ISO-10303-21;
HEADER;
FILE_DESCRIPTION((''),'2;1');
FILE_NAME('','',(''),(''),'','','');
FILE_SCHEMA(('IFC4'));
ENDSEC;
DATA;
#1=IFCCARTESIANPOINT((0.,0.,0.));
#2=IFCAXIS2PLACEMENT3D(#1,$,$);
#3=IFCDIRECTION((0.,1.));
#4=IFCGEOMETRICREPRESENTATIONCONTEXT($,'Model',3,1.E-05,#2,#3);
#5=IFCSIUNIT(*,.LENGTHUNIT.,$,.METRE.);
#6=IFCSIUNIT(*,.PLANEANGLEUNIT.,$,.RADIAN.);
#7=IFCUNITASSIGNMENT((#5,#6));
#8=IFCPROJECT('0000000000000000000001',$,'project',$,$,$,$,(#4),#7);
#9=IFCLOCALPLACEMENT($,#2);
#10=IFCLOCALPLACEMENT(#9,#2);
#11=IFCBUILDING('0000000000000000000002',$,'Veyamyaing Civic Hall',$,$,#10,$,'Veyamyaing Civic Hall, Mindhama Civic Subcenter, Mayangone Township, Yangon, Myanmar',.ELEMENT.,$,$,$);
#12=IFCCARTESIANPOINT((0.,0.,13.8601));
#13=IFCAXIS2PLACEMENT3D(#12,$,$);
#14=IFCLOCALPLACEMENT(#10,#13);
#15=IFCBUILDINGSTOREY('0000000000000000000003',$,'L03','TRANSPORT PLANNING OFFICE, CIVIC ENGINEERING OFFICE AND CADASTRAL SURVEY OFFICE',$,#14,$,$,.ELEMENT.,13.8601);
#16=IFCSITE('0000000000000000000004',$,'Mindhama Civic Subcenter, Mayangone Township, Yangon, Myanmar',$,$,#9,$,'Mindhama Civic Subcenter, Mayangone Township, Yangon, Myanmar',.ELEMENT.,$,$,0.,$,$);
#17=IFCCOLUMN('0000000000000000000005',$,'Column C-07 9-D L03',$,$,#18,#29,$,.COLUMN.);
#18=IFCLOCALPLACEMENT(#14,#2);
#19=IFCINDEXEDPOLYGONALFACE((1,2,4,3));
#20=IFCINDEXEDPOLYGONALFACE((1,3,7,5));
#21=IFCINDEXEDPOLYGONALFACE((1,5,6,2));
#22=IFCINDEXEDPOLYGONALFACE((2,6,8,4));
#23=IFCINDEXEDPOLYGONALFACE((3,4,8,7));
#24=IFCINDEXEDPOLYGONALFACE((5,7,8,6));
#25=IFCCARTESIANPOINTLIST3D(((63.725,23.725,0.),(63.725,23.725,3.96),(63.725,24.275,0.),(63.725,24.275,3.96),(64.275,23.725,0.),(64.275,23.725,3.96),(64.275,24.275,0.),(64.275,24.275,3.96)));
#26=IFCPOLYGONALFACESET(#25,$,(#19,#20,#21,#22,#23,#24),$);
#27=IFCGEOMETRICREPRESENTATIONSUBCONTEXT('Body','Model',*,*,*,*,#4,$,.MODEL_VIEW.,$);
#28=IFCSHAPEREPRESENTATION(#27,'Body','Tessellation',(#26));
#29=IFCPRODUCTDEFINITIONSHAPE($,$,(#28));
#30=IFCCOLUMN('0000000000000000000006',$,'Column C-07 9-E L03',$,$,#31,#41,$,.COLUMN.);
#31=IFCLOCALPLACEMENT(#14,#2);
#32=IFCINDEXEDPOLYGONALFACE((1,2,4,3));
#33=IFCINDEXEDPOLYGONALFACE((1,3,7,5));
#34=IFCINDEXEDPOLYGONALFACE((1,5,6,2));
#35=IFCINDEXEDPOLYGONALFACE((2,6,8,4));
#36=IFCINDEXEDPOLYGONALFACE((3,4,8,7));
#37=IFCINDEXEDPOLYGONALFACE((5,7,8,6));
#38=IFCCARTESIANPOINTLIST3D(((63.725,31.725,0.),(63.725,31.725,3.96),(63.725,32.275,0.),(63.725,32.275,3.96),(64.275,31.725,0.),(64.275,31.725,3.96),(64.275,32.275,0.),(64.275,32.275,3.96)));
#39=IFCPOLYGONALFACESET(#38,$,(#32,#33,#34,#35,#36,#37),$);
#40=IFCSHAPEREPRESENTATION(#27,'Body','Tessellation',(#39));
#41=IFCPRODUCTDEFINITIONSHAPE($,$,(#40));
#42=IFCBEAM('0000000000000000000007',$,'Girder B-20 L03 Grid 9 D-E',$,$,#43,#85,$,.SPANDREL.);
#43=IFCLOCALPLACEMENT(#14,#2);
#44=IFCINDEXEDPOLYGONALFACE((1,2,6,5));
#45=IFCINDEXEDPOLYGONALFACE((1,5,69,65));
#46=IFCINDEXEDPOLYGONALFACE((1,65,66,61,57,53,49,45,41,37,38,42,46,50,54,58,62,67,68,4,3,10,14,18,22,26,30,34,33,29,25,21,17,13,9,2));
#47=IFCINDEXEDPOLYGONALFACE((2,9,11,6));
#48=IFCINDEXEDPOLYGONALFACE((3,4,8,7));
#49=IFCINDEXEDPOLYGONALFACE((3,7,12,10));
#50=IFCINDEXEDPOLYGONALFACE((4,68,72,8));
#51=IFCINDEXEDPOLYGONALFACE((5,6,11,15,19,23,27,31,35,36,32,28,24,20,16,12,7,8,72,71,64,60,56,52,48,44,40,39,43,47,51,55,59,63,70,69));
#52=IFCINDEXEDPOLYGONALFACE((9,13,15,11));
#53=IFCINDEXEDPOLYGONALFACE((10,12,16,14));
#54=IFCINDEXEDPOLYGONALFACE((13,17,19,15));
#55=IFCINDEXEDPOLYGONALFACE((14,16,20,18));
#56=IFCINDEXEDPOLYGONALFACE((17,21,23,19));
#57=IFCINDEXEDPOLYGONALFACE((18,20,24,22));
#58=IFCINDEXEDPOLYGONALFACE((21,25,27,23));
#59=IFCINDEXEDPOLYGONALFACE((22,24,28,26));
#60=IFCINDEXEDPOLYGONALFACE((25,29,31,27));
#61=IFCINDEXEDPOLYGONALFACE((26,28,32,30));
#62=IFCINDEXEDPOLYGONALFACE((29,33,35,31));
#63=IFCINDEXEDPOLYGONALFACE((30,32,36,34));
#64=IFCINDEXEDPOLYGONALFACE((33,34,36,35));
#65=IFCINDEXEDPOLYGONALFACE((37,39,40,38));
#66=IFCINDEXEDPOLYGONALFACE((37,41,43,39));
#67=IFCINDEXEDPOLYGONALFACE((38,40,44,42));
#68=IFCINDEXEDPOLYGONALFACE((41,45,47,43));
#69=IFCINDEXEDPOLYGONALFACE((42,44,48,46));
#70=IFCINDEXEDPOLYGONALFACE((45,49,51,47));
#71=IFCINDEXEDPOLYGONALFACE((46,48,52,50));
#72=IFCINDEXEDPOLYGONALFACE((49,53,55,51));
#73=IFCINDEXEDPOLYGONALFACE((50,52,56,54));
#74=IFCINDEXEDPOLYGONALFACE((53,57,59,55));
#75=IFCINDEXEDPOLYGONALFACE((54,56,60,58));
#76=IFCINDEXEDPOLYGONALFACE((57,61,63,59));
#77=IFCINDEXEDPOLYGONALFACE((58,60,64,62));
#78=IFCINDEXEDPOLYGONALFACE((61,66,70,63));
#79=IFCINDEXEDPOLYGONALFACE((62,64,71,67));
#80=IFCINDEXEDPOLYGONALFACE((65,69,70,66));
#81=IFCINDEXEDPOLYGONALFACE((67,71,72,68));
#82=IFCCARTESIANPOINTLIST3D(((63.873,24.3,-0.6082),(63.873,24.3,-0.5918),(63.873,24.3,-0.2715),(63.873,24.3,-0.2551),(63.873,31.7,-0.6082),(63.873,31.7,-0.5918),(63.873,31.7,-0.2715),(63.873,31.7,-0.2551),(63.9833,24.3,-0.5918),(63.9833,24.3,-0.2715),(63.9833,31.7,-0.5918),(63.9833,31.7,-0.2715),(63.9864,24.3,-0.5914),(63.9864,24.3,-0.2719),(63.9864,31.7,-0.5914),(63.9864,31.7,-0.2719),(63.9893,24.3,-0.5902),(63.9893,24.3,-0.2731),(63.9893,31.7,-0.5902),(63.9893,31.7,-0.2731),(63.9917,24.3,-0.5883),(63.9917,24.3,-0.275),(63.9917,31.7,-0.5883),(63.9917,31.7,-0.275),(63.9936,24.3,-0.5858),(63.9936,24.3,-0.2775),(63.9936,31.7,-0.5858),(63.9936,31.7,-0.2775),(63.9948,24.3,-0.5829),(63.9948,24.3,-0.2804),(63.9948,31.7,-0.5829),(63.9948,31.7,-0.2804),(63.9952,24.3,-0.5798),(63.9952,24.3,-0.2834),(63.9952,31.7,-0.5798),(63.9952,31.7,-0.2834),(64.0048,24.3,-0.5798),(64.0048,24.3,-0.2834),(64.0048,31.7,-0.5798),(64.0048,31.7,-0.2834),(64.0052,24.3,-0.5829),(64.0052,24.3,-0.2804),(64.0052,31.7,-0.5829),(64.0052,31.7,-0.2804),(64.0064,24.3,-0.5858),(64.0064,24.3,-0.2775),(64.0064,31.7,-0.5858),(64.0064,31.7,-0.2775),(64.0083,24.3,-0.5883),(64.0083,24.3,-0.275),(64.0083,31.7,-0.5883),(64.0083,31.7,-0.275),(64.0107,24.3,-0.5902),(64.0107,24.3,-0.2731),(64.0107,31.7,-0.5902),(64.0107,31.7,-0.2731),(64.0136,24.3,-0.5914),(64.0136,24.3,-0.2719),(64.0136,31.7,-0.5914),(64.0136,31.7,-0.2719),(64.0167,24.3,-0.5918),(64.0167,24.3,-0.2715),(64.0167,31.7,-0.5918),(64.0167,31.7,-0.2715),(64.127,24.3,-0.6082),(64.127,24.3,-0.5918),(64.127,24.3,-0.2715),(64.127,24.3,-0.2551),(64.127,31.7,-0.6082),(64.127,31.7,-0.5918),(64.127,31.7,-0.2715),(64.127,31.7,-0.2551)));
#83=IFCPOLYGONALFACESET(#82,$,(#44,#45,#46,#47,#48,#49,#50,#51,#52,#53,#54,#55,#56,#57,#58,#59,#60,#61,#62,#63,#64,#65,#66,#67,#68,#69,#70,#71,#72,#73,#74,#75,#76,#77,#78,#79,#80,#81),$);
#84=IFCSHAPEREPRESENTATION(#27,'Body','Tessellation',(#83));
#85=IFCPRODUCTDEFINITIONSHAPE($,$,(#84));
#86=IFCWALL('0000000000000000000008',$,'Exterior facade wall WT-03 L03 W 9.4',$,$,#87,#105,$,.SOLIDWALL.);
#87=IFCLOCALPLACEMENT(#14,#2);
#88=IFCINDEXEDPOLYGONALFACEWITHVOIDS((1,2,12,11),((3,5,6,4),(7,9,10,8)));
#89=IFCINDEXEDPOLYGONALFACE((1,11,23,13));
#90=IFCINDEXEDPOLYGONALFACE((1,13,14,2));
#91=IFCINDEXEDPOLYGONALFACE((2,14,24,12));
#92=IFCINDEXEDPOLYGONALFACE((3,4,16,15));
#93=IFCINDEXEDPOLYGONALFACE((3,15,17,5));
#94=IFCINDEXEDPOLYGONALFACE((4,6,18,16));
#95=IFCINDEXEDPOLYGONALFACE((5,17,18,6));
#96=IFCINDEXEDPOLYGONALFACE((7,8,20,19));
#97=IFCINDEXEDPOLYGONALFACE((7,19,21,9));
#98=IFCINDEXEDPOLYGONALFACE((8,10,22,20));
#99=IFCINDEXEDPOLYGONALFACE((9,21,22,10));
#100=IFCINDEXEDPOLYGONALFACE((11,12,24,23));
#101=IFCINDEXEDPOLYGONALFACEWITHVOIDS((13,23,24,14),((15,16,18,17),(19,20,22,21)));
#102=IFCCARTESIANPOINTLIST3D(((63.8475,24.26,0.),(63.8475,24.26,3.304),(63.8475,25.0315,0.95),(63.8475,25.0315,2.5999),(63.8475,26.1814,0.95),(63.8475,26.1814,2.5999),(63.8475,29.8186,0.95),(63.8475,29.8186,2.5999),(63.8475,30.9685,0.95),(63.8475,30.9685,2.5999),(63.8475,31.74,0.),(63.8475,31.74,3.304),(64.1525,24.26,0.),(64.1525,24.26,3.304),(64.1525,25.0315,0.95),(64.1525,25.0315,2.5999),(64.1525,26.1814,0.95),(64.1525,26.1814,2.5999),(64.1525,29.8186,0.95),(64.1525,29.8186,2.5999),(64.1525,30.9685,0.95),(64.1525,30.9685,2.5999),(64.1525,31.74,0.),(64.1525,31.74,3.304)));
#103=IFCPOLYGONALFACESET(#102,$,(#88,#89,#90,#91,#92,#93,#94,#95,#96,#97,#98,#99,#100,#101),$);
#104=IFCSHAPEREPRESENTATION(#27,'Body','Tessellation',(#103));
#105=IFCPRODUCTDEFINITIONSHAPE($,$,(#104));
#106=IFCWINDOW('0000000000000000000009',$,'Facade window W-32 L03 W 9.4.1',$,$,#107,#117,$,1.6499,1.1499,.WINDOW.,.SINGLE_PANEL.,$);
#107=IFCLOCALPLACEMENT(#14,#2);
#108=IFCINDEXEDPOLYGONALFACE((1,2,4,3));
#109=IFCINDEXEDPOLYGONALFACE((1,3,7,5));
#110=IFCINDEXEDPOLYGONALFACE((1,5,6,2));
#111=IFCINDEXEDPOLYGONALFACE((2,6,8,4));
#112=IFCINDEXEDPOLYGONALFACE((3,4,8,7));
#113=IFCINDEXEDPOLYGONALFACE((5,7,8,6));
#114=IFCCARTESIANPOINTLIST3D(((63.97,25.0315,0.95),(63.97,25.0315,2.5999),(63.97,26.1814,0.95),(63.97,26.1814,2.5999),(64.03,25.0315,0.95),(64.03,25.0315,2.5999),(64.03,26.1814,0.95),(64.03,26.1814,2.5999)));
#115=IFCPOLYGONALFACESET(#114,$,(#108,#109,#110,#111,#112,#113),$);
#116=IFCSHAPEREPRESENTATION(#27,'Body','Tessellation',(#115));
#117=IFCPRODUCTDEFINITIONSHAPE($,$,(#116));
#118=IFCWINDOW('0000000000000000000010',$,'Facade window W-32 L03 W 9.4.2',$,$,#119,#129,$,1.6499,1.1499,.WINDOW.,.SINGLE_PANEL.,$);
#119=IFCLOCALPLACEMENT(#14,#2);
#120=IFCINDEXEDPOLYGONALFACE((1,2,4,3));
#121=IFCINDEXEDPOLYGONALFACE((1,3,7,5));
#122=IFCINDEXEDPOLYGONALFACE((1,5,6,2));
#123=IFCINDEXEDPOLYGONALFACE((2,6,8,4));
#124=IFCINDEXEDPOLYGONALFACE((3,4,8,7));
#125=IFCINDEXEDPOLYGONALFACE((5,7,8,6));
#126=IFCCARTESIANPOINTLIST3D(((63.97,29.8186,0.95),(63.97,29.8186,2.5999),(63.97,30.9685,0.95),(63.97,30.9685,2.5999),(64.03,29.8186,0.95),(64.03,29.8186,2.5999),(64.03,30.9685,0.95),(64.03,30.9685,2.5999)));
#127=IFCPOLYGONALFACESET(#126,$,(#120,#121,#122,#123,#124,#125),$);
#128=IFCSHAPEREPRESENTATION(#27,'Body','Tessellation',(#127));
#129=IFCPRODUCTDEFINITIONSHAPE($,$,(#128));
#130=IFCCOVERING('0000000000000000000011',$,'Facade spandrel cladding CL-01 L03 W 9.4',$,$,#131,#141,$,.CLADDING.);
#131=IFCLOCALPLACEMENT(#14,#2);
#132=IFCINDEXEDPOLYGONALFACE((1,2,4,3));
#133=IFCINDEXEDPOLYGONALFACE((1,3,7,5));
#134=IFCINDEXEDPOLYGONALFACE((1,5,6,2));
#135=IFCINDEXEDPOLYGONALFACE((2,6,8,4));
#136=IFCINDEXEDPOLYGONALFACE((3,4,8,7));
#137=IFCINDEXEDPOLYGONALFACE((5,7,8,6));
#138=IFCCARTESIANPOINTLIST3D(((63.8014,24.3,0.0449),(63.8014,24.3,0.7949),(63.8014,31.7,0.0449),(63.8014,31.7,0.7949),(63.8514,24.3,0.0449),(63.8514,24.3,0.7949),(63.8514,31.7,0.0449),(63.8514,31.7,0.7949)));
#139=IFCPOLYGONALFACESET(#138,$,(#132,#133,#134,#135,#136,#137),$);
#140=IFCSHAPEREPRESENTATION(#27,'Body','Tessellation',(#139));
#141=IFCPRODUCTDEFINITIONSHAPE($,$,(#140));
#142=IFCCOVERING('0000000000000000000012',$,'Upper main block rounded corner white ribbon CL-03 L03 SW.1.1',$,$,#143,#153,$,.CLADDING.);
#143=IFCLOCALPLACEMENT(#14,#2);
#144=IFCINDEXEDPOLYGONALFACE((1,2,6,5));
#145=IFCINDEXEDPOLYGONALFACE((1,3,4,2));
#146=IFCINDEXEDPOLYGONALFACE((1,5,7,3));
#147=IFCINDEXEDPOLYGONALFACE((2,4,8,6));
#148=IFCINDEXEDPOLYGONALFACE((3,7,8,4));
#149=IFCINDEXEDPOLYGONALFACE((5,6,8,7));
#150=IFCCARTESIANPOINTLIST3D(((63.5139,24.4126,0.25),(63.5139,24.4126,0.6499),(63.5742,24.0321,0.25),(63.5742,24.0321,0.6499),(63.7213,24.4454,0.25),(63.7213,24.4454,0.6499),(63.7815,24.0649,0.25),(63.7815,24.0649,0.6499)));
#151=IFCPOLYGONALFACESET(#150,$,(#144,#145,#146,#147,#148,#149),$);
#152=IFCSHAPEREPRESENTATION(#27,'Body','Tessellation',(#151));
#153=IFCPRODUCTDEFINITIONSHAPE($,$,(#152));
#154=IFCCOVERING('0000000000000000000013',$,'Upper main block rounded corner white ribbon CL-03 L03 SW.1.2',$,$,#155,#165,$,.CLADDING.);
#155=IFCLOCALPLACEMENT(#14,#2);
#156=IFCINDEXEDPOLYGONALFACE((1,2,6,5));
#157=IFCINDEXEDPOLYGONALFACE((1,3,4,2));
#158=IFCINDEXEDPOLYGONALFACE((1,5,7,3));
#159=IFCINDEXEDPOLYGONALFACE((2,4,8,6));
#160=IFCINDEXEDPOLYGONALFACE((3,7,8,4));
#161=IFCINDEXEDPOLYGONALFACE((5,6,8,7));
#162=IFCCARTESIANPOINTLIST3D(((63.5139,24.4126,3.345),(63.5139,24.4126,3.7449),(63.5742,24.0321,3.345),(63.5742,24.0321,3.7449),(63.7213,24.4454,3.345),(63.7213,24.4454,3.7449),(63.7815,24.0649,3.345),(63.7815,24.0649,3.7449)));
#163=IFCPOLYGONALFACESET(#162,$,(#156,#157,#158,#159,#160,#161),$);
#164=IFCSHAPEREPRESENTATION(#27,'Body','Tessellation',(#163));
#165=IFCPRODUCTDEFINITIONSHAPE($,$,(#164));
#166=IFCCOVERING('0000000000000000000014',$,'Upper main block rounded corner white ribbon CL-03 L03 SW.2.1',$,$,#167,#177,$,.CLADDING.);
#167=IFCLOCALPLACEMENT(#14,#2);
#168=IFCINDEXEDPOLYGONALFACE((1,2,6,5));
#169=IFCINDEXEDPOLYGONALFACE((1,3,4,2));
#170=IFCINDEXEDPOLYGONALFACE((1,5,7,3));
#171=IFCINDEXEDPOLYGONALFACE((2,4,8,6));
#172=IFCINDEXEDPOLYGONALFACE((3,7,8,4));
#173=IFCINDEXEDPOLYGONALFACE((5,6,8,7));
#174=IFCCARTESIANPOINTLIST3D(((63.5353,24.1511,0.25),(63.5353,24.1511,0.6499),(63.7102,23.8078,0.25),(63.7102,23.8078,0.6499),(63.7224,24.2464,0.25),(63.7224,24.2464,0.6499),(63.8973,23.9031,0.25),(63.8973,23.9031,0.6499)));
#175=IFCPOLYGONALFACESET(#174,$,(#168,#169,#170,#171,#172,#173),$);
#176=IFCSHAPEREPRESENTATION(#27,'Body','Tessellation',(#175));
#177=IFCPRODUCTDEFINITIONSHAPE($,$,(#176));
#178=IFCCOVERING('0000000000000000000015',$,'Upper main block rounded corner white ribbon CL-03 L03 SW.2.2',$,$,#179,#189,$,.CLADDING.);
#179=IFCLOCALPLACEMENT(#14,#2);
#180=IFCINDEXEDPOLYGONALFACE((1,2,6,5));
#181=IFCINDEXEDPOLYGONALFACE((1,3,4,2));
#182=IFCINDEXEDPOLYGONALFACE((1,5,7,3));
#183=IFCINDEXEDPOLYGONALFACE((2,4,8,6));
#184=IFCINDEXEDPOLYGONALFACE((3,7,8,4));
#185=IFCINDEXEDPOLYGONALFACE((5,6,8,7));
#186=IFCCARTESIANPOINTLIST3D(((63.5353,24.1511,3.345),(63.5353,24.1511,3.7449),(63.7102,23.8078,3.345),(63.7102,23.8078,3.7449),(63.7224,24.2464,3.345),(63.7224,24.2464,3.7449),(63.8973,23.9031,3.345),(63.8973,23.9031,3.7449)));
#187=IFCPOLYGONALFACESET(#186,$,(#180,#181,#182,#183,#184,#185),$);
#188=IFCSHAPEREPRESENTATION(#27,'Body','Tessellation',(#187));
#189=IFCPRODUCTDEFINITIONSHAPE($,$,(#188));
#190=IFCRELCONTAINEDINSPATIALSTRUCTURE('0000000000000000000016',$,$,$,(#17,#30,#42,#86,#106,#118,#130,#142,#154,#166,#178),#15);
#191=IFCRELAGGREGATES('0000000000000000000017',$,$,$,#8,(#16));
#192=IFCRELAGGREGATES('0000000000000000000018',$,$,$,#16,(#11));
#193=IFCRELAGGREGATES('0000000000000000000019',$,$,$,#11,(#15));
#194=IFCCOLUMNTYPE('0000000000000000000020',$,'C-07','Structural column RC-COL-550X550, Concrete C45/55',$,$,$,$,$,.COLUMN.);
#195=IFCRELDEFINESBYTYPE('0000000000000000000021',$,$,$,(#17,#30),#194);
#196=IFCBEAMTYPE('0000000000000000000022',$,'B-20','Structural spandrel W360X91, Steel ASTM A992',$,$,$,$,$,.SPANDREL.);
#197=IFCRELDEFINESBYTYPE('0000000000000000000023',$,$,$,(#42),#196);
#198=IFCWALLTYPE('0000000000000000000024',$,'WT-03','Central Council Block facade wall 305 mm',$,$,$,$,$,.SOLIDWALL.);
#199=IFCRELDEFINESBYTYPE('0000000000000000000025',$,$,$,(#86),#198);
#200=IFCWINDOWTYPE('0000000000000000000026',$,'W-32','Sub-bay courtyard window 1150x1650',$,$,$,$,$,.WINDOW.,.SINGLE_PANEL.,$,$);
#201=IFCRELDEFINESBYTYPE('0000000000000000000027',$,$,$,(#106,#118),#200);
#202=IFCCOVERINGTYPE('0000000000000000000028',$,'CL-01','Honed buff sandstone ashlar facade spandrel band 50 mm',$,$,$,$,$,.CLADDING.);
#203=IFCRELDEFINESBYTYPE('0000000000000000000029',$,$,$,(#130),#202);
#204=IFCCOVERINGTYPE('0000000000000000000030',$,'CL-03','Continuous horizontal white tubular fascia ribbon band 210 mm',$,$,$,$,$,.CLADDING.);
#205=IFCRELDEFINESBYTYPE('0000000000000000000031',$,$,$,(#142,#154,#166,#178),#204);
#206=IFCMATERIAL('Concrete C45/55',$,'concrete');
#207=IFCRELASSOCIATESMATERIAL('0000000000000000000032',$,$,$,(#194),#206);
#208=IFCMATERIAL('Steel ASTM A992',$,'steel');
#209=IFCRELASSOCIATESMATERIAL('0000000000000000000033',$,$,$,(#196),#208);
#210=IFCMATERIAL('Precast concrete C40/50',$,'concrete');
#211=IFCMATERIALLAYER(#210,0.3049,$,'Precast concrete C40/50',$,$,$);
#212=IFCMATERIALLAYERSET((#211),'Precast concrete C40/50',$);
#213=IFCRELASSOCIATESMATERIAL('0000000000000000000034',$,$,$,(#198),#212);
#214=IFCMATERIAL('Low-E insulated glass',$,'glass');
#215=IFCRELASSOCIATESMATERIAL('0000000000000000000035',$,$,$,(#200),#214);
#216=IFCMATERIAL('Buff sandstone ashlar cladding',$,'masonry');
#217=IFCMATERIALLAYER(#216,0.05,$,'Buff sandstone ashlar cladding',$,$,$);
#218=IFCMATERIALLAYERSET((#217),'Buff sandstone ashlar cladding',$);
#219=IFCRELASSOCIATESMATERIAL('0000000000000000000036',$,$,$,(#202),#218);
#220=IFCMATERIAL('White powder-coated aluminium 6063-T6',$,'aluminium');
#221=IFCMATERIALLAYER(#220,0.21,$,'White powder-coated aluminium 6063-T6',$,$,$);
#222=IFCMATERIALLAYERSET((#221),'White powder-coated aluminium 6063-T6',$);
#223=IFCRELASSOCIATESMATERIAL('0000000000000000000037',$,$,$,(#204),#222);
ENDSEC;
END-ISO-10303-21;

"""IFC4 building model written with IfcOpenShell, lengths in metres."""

from ifc_helpers import new_model, si_unit, direction, frame, frame_2d, origin, origin_2d, place, context, subcontext, project, spatial, rectangle, i_section, extrude, material, layer, layer_set, material_profile, profile_set, type_object, element, fill, save


model = new_model("IFC4")

# Units and contexts
model_context = context("Model", 3, precision=1e-05, world=origin(), true_north=direction((0.0, 1.0)))
body_context = subcontext(model_context, "Body", "Model", "MODEL_VIEW")
ifc_project = project(units=[si_unit("LENGTHUNIT", "METRE"), si_unit("PLANEANGLEUNIT", "RADIAN")], contexts=[model_context])

# Site, building, storey
site_placement = place(None, origin())
site = spatial("IfcSite", under=ifc_project, at=site_placement, Name="Mindhama Civic Subcenter, Mayangone Township, Yangon, Myanmar", LongName="Mindhama Civic Subcenter, Mayangone Township, Yangon, Myanmar", CompositionType="ELEMENT", RefElevation=0.0)
building_placement = place(site_placement, origin())
building = spatial("IfcBuilding", under=site, at=building_placement, Name="Veyamyaing Civic Hall", LongName="Veyamyaing Civic Hall, Mindhama Civic Subcenter, Mayangone Township, Yangon, Myanmar", CompositionType="ELEMENT")
storey_placement = place(building_placement, frame((0.0, 0.0, 13.8601)))
storey = spatial("IfcBuildingStorey", under=building, at=storey_placement, Name="L03", Description="TRANSPORT PLANNING OFFICE, CIVIC ENGINEERING OFFICE AND CADASTRAL SURVEY OFFICE", CompositionType="ELEMENT", Elevation=13.8601)

# Columns
ifc_material_1 = material(Name="Concrete C45/55", Category="concrete")
ifc_material_profile_1 = material_profile(ifc_material_1, rectangle(XDim=0.55, YDim=0.55, at=origin_2d()), Name="RC-COL-550X550")
ifc_profile_set_1 = profile_set([ifc_material_profile_1], Name="Concrete C45/55")
column_type = type_object("IfcColumnType", Name="C-07", Description="Structural column RC-COL-550X550, Concrete C45/55", PredefinedType="COLUMN", material=ifc_profile_set_1)
for number, where, z_axis, x_axis, name in (
    (1, (64.0, 24.0, 0.0), (0.0, 0.0, 1.0), (1.0, 0.0, 0.0), "Column C-07 9-D L03"),
    (2, (64.0, 32.0, 0.0), (0.0, 0.0, 1.0), (1.0, 0.0, 0.0), "Column C-07 9-E L03"),
):
    element("IfcColumn", number, at=place(storey_placement, frame(where, z_axis=z_axis, x_axis=x_axis)), inside=storey, type_object=column_type, Name=name, PredefinedType="COLUMN", context=body_context, shape_type="SweptSolid", body=[
        extrude(rectangle(XDim=0.55, YDim=0.55, at=origin_2d()), origin(), (0.0, 0.0, 1.0), 3.96),
    ])

# Beam
ifc_material_2 = material(Name="Steel ASTM A992", Category="steel")
ifc_material_profile_2 = material_profile(ifc_material_2, i_section(OverallWidth=0.2539, OverallDepth=0.353, WebThickness=0.0095, FlangeThickness=0.0164, FilletRadius=0.012, at=origin_2d()), Name="W360X91")
ifc_profile_set_2 = profile_set([ifc_material_profile_2], Name="Steel ASTM A992")
beam_type = type_object("IfcBeamType", Name="B-20", Description="Structural spandrel W360X91, Steel ASTM A992", PredefinedType="SPANDREL", material=ifc_profile_set_2)
beam_placement = place(storey_placement, frame((64.0, 24.3, -0.4316), z_axis=(0.0, 1.0, 0.0), x_axis=(-1.0, 0.0, 0.0)))
element("IfcBeam", 3, at=beam_placement, inside=storey, type_object=beam_type, Name="Girder B-20 L03 Grid 9 D-E", PredefinedType="SPANDREL", context=body_context, shape_type="SweptSolid", body=[
    extrude(i_section(OverallWidth=0.2539, OverallDepth=0.353, WebThickness=0.0095, FlangeThickness=0.0164, FilletRadius=0.012, at=origin_2d()), origin(), (0.0, 0.0, 1.0), 7.3999),
])

# Wall, openings, windows
ifc_material_3 = material(Name="Precast concrete C40/50", Category="concrete")
ifc_layer_1 = layer(ifc_material_3, 0.3049, Name="Precast concrete C40/50")
ifc_layer_set_1 = layer_set([ifc_layer_1], Name="Precast concrete C40/50")
wall_type = type_object("IfcWallType", Name="WT-03", Description="Central Council Block facade wall 305 mm", PredefinedType="SOLIDWALL", material=ifc_layer_set_1)
wall_placement = place(storey_placement, frame((64.0, 24.26, 0.0), z_axis=(0.0, 0.0, 1.0), x_axis=(0.0, 1.0, 0.0)))
wall = element("IfcWall", 4, at=wall_placement, inside=storey, type_object=wall_type, Name="Exterior facade wall WT-03 L03 W 9.4", PredefinedType="SOLIDWALL", context=body_context, shape_type="SweptSolid", body=[
    extrude(rectangle(XDim=7.48, YDim=0.3049, at=frame_2d((3.74, 0.0))), origin(), (0.0, 0.0, 1.0), 3.304),
])
opening_1_placement = place(wall_placement, frame((0.7715, 0.0, 0.95)))
opening_1 = element("IfcOpeningElement", 5, at=opening_1_placement, cuts=wall, PredefinedType="OPENING", context=body_context, shape_type="SweptSolid", body=[
    extrude(rectangle(XDim=1.1499, YDim=1.6499, at=frame_2d((0.575, 0.825))), frame((0.0, 0.1624, 0.0), z_axis=(0.0, -1.0, 0.0), x_axis=(1.0, 0.0, 0.0)), (0.0, 0.0, 1.0), 0.325),
])
opening_2_placement = place(wall_placement, frame((5.5586, 0.0, 0.95)))
opening_2 = element("IfcOpeningElement", 6, at=opening_2_placement, cuts=wall, PredefinedType="OPENING", context=body_context, shape_type="SweptSolid", body=[
    extrude(rectangle(XDim=1.1499, YDim=1.6499, at=frame_2d((0.575, 0.825))), frame((0.0, 0.1624, 0.0), z_axis=(0.0, -1.0, 0.0), x_axis=(1.0, 0.0, 0.0)), (0.0, 0.0, 1.0), 0.325),
])
ifc_material_4 = material(Name="Low-E insulated glass", Category="glass")
window_type = type_object("IfcWindowType", Name="W-32", Description="Sub-bay courtyard window 1150x1650", PartitioningType="SINGLE_PANEL", PredefinedType="WINDOW", material=ifc_material_4)
window_1_placement = place(opening_1_placement, origin())
window_1 = element("IfcWindow", 7, at=window_1_placement, inside=storey, type_object=window_type, Name="Facade window W-32 L03 W 9.4.1", OverallHeight=1.6499, OverallWidth=1.1499, PartitioningType="SINGLE_PANEL", PredefinedType="WINDOW", context=body_context, shape_type="SweptSolid", body=[
    extrude(rectangle(XDim=1.1499, YDim=1.6499, at=frame_2d((0.575, 0.825))), frame((0.0, 0.03, 0.0), z_axis=(0.0, -1.0, 0.0), x_axis=(1.0, 0.0, 0.0)), (0.0, 0.0, 1.0), 0.0601),
])
fill(opening_1, window_1)
window_2_placement = place(opening_2_placement, origin())
window_2 = element("IfcWindow", 8, at=window_2_placement, inside=storey, type_object=window_type, Name="Facade window W-32 L03 W 9.4.2", OverallHeight=1.6499, OverallWidth=1.1499, PartitioningType="SINGLE_PANEL", PredefinedType="WINDOW", context=body_context, shape_type="SweptSolid", body=[
    extrude(rectangle(XDim=1.1499, YDim=1.6499, at=frame_2d((0.575, 0.825))), frame((0.0, 0.03, 0.0), z_axis=(0.0, -1.0, 0.0), x_axis=(1.0, 0.0, 0.0)), (0.0, 0.0, 1.0), 0.0601),
])
fill(opening_2, window_2)

# Coverings
ifc_material_5 = material(Name="Buff sandstone ashlar cladding", Category="masonry")
ifc_layer_2 = layer(ifc_material_5, 0.05, Name="Buff sandstone ashlar cladding")
ifc_layer_set_2 = layer_set([ifc_layer_2], Name="Buff sandstone ashlar cladding")
covering_type_1 = type_object("IfcCoveringType", Name="CL-01", Description="Honed buff sandstone ashlar facade spandrel band 50 mm", PredefinedType="CLADDING", material=ifc_layer_set_2)
covering_placement = place(storey_placement, frame((63.8264, 28.0, 0.0449), z_axis=(0.0, 0.0, 1.0), x_axis=(0.0, 1.0, 0.0)))
element("IfcCovering", 9, at=covering_placement, inside=storey, type_object=covering_type_1, Name="Facade spandrel cladding CL-01 L03 W 9.4", PredefinedType="CLADDING", context=body_context, shape_type="SweptSolid", body=[
    extrude(rectangle(XDim=7.3999, YDim=0.05, at=origin_2d()), origin(), (0.0, 0.0, 1.0), 0.75),
])
ifc_material_6 = material(Name="White powder-coated aluminium 6063-T6", Category="aluminium")
ifc_layer_3 = layer(ifc_material_6, 0.21, Name="White powder-coated aluminium 6063-T6")
ifc_layer_set_3 = layer_set([ifc_layer_3], Name="White powder-coated aluminium 6063-T6")
covering_type_2 = type_object("IfcCoveringType", Name="CL-03", Description="Continuous horizontal white tubular fascia ribbon band 210 mm", PredefinedType="CLADDING", material=ifc_layer_set_3)
for number, where, z_axis, x_axis, name in (
    (10, (63.6477, 24.2388, 0.25), (0.0, 0.0, 1.0), (0.156434, -0.987688, 0.0), "Upper main block rounded corner white ribbon CL-03 L03 SW.1.1"),
    (11, (63.6477, 24.2388, 3.345), (0.0, 0.0, 1.0), (0.156434, -0.987688, 0.0), "Upper main block rounded corner white ribbon CL-03 L03 SW.1.2"),
    (12, (63.7163, 24.0271, 0.25), (0.0, 0.0, 1.0), (0.45399, -0.891007, 0.0), "Upper main block rounded corner white ribbon CL-03 L03 SW.2.1"),
    (13, (63.7163, 24.0271, 3.345), (0.0, 0.0, 1.0), (0.45399, -0.891007, 0.0), "Upper main block rounded corner white ribbon CL-03 L03 SW.2.2"),
):
    element("IfcCovering", number, at=place(storey_placement, frame(where, z_axis=z_axis, x_axis=x_axis)), inside=storey, type_object=covering_type_2, Name=name, PredefinedType="CLADDING", context=body_context, shape_type="SweptSolid", body=[
        extrude(rectangle(XDim=0.3853, YDim=0.21, at=origin_2d()), origin(), (0.0, 0.0, 1.0), 0.3999),
    ])

save(model, "model.ifc")
